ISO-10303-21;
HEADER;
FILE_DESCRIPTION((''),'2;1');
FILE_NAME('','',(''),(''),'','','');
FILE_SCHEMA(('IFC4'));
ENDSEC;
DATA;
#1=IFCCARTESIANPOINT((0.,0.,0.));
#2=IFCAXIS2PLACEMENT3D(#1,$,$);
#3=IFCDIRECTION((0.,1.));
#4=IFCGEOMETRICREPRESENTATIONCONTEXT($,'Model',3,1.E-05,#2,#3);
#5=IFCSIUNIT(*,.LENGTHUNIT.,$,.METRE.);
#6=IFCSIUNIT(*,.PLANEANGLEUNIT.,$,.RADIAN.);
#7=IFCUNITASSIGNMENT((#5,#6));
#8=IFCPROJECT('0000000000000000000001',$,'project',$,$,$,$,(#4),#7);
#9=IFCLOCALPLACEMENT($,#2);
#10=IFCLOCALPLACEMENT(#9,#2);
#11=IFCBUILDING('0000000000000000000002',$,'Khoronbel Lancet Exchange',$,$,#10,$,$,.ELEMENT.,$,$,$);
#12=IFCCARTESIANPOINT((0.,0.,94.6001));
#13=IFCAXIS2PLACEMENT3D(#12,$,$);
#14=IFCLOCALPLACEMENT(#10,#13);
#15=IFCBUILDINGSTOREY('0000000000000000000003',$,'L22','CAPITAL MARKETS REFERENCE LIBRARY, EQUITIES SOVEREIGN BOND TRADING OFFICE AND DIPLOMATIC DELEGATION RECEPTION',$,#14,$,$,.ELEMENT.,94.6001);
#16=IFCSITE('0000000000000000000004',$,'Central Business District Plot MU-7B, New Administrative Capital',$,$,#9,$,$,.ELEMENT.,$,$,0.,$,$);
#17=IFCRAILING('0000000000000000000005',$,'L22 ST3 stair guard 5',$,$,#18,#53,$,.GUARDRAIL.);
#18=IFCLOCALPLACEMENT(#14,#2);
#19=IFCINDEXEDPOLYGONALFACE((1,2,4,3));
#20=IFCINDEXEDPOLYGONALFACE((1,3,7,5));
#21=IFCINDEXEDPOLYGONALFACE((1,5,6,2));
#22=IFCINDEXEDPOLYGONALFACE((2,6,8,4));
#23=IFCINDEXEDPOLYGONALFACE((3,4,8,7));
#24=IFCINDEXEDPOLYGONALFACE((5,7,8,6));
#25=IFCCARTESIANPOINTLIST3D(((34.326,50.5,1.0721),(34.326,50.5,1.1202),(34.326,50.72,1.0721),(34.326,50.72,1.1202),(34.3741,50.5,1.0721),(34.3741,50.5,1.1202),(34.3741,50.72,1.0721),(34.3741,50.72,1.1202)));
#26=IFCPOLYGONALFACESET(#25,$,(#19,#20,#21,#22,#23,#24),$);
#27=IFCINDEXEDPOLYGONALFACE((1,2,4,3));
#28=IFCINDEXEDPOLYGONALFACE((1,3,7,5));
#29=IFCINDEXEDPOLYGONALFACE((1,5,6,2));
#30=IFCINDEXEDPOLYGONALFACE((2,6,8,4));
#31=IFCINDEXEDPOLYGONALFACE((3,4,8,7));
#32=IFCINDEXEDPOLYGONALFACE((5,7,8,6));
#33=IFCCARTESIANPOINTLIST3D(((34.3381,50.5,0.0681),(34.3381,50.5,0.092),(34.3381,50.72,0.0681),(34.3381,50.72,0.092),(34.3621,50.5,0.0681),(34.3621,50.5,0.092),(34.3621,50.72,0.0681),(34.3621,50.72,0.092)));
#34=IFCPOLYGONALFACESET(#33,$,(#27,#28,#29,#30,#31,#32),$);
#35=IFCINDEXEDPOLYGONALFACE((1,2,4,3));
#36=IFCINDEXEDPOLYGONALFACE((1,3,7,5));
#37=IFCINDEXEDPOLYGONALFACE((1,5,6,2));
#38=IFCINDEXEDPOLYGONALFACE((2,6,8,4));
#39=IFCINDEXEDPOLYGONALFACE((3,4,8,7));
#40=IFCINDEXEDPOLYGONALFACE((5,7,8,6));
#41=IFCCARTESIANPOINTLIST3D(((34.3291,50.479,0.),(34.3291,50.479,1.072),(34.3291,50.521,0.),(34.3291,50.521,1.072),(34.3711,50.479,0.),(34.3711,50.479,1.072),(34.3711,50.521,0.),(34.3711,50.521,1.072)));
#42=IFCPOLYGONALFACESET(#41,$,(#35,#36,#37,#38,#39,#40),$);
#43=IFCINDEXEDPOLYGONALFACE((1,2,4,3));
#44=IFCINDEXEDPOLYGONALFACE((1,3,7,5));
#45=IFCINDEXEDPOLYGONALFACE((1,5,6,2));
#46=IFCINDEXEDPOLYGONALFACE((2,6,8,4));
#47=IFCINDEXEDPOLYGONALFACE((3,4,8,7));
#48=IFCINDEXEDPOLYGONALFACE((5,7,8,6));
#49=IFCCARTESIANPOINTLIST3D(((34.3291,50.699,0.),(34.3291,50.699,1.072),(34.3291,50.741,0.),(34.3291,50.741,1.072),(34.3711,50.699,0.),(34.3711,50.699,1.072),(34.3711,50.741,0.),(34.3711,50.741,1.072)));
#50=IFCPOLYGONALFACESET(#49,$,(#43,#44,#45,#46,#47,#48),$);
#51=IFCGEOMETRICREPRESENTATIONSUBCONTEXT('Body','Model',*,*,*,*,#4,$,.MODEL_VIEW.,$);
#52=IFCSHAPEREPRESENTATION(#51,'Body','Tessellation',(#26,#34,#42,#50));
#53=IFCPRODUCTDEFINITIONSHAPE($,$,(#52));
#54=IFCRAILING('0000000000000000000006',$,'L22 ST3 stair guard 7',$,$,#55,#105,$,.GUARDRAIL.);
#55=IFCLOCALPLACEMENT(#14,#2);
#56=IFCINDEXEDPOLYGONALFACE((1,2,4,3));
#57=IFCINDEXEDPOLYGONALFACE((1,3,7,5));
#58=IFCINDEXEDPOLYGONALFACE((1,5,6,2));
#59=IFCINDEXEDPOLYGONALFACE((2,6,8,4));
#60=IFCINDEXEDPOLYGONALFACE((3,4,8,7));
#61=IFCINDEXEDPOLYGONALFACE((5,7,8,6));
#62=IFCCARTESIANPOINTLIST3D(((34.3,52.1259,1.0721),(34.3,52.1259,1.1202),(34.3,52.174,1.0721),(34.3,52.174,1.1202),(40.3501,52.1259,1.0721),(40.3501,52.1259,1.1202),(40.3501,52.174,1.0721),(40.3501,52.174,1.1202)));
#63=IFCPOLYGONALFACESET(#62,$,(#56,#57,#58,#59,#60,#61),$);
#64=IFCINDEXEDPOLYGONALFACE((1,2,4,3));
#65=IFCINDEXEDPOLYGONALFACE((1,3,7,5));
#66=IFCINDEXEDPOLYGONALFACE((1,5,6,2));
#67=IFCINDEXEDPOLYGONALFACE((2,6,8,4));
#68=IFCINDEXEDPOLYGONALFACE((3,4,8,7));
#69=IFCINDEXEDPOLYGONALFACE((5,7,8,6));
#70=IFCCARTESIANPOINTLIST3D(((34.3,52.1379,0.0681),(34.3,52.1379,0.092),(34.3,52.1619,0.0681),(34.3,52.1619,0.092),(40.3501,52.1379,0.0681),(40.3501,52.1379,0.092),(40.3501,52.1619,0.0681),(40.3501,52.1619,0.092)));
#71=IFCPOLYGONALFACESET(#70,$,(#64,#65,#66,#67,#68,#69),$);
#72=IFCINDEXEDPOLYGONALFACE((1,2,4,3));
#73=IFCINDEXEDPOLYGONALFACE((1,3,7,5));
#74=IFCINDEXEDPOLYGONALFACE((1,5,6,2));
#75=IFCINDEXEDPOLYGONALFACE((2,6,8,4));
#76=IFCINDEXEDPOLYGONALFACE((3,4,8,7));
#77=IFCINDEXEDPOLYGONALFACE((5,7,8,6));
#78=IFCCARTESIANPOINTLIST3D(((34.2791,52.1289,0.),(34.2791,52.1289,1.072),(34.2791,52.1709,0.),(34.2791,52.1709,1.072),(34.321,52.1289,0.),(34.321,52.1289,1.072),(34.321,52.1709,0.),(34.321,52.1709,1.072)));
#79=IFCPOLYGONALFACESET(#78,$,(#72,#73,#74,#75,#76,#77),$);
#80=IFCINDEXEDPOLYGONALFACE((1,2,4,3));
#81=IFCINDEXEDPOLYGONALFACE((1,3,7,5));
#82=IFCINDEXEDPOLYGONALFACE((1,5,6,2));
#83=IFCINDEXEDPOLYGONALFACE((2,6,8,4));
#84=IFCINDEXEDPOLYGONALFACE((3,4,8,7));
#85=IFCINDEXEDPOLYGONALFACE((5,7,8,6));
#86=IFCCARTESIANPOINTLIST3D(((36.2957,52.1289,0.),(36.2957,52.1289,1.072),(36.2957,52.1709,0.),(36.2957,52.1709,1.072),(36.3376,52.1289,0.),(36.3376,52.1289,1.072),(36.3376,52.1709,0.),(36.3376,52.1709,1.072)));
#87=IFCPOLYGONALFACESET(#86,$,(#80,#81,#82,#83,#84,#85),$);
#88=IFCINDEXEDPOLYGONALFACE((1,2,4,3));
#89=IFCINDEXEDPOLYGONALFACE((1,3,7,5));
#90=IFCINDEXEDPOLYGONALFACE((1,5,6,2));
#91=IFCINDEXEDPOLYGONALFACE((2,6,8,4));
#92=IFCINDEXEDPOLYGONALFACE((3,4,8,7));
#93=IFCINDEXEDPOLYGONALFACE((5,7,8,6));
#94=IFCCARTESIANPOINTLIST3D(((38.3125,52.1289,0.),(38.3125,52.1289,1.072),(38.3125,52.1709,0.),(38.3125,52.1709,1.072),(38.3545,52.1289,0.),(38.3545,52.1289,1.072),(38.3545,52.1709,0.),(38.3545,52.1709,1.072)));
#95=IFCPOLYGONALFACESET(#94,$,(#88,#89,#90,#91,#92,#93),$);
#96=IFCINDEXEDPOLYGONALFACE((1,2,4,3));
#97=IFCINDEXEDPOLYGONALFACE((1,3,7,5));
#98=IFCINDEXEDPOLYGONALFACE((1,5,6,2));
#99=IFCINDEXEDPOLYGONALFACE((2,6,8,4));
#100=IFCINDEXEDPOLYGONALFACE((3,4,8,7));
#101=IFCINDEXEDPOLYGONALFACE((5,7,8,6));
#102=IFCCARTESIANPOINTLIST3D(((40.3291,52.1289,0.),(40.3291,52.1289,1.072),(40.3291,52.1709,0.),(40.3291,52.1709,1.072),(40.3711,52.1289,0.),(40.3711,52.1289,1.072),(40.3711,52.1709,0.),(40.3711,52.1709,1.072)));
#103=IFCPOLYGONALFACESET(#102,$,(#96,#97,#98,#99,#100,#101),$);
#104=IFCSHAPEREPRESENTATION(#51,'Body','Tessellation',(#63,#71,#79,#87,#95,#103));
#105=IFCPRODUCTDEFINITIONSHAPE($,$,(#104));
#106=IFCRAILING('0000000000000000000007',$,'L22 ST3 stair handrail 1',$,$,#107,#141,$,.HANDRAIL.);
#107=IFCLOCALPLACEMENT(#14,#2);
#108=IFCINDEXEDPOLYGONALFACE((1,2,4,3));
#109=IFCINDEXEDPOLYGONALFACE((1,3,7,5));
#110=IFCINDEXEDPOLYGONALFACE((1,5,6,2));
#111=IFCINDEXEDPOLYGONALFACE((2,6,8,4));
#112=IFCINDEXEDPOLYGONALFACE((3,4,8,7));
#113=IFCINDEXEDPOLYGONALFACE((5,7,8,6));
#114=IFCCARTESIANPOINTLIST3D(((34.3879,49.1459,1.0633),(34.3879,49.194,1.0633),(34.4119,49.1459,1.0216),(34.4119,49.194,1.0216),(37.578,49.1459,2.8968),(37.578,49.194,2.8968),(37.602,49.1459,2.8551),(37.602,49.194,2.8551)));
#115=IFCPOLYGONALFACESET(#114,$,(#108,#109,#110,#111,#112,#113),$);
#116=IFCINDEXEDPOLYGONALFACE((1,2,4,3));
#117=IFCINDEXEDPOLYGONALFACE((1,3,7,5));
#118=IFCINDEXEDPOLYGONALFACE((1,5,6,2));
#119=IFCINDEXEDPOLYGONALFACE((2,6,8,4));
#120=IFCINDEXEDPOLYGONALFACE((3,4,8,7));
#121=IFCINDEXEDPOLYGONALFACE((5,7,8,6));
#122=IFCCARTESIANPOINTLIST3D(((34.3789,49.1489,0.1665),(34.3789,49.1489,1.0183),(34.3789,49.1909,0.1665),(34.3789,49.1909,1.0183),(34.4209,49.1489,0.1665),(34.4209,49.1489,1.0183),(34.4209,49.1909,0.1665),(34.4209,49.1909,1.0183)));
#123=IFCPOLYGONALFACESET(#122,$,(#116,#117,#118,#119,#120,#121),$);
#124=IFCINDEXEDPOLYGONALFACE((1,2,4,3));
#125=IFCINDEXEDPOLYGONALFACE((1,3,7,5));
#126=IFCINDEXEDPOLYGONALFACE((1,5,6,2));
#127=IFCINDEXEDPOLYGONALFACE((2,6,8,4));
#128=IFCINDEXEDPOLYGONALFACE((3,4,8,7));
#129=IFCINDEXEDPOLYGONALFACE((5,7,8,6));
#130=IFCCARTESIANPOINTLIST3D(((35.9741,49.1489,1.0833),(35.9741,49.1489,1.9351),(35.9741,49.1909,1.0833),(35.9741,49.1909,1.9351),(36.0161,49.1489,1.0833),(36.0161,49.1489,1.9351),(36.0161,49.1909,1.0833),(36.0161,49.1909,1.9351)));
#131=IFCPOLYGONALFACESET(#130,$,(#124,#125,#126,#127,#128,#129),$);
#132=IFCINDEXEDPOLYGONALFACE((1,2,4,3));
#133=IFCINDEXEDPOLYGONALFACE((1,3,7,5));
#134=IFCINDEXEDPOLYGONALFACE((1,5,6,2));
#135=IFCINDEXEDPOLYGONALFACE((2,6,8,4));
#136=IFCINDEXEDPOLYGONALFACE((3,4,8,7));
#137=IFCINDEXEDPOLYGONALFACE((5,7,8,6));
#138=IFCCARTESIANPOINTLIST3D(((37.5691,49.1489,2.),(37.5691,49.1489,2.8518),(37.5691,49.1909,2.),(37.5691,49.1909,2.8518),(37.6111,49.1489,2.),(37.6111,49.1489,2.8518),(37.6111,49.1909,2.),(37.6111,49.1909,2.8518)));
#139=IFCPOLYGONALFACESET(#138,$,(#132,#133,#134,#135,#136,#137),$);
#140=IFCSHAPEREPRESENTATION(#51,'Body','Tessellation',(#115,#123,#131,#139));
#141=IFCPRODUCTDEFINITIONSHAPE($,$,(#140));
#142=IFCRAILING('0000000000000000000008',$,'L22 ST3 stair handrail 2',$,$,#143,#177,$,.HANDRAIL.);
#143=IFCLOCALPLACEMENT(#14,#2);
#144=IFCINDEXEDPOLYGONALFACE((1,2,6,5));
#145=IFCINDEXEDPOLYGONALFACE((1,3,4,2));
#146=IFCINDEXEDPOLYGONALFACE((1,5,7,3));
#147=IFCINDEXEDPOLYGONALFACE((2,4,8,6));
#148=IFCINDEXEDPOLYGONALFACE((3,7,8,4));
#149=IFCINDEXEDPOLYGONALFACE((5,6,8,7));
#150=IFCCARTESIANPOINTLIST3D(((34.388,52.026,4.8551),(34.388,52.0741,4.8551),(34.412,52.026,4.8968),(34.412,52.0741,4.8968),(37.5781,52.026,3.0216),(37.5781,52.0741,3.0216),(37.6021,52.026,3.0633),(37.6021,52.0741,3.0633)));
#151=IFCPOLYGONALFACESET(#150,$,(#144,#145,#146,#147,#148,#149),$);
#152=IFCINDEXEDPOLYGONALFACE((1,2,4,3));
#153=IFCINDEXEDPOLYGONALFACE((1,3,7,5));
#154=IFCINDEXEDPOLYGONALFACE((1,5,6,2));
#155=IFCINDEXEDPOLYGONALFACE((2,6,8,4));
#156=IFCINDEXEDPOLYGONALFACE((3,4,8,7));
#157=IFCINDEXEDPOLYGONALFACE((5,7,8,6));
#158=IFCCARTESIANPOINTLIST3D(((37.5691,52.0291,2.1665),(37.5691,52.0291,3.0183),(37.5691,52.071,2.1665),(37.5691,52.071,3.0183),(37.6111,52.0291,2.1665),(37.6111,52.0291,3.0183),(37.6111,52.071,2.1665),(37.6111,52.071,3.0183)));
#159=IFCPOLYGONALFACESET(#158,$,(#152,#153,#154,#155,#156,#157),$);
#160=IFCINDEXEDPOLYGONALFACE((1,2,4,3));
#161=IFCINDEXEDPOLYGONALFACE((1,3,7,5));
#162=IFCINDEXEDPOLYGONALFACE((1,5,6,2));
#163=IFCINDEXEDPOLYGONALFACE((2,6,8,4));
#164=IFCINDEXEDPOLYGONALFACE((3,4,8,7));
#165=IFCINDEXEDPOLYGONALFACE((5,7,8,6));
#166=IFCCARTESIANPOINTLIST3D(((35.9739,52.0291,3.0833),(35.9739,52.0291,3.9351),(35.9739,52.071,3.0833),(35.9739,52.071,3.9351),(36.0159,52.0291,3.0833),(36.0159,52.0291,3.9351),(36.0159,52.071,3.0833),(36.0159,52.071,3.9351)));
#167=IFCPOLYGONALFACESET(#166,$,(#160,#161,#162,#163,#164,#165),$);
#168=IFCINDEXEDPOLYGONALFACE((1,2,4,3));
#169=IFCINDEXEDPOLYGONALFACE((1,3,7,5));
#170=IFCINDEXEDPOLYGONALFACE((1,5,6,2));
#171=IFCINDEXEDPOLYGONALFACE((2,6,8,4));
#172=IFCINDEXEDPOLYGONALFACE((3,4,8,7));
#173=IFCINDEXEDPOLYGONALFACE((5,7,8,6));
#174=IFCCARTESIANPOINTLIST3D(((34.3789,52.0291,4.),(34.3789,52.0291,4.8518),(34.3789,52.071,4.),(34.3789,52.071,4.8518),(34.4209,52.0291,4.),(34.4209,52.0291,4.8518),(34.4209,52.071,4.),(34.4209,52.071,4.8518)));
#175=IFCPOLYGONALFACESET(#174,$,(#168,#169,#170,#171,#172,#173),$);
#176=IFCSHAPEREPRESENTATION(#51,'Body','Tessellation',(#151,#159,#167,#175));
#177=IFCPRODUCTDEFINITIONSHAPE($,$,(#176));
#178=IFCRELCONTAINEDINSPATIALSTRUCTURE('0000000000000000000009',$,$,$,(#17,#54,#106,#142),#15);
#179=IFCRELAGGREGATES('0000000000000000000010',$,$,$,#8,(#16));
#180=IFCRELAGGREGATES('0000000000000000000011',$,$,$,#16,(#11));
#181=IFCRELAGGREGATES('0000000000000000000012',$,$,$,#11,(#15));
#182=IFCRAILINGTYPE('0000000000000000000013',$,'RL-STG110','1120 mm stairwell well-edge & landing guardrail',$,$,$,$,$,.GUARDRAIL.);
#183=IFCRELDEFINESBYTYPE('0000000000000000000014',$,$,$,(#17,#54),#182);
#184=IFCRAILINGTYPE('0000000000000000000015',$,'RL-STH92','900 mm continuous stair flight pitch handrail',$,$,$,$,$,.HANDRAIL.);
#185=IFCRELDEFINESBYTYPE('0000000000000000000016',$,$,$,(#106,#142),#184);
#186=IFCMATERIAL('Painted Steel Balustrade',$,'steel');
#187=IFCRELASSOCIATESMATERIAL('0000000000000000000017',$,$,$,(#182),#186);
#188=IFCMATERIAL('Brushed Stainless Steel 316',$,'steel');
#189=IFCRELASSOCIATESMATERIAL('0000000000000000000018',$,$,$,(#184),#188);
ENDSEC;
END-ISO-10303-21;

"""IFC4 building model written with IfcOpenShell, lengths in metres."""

from ifc_helpers import new_model, si_unit, direction, frame, origin, origin_2d, place, context, subcontext, project, spatial, rectangle, extrude, material, type_object, element, save


model = new_model("IFC4")

# Units and contexts
model_context = context("Model", 3, precision=1e-05, world=origin(), true_north=direction((0.0, 1.0)))
body_context = subcontext(model_context, "Body", "Model", "MODEL_VIEW")
ifc_project = project(units=[si_unit("LENGTHUNIT", "METRE"), si_unit("PLANEANGLEUNIT", "RADIAN")], contexts=[model_context])

# Site, building, storey
site_placement = place(None, origin())
site = spatial("IfcSite", under=ifc_project, at=site_placement, Name="Central Business District Plot MU-7B, New Administrative Capital", CompositionType="ELEMENT", RefElevation=0.0)
building_placement = place(site_placement, origin())
building = spatial("IfcBuilding", under=site, at=building_placement, Name="Khoronbel Lancet Exchange", CompositionType="ELEMENT")
storey_placement = place(building_placement, frame((0.0, 0.0, 94.6001)))
storey = spatial("IfcBuildingStorey", under=building, at=storey_placement, Name="L22", Description="CAPITAL MARKETS REFERENCE LIBRARY, EQUITIES SOVEREIGN BOND TRADING OFFICE AND DIPLOMATIC DELEGATION RECEPTION", CompositionType="ELEMENT", Elevation=94.6001)

# Railings
ifc_material_1 = material(Name="Painted Steel Balustrade", Category="steel")
railing_type_1 = type_object("IfcRailingType", Name="RL-STG110", Description="1120 mm stairwell well-edge & landing guardrail", PredefinedType="GUARDRAIL", material=ifc_material_1)
railing_1_placement = place(storey_placement, frame((34.3501, 50.5, 0.0)))
element("IfcRailing", 1, at=railing_1_placement, inside=storey, type_object=railing_type_1, Name="L22 ST3 stair guard 5", PredefinedType="GUARDRAIL", context=body_context, shape_type="SweptSolid", body=[
    extrude(rectangle(XDim=0.0481, YDim=0.0481, at=origin_2d()), frame((0.0, 0.0, 1.0962), z_axis=(0.0, 1.0, 0.0), x_axis=(-1.0, 0.0, 0.0)), (0.0, 0.0, 1.0), 0.22),
    extrude(rectangle(XDim=0.0239, YDim=0.0239, at=origin_2d()), frame((0.0, 0.0, 0.0801), z_axis=(0.0, 1.0, 0.0), x_axis=(-1.0, 0.0, 0.0)), (0.0, 0.0, 1.0), 0.22),
    extrude(rectangle(XDim=0.042, YDim=0.042, at=origin_2d()), origin(), (0.0, 0.0, 1.0), 1.072),
    extrude(rectangle(XDim=0.042, YDim=0.042, at=origin_2d()), frame((0.0, 0.22, 0.0)), (0.0, 0.0, 1.0), 1.072),
])
railing_2_placement = place(storey_placement, frame((34.3, 52.1499, 0.0)))
element("IfcRailing", 2, at=railing_2_placement, inside=storey, type_object=railing_type_1, Name="L22 ST3 stair guard 7", PredefinedType="GUARDRAIL", context=body_context, shape_type="SweptSolid", body=[
    extrude(rectangle(XDim=0.0481, YDim=0.0481, at=origin_2d()), frame((0.0, 0.0, 1.0962), z_axis=(1.0, 0.0, 0.0), x_axis=(0.0, 1.0, 0.0)), (0.0, 0.0, 1.0), 6.05),
    extrude(rectangle(XDim=0.0239, YDim=0.0239, at=origin_2d()), frame((0.0, 0.0, 0.0801), z_axis=(1.0, 0.0, 0.0), x_axis=(0.0, 1.0, 0.0)), (0.0, 0.0, 1.0), 6.05),
    extrude(rectangle(XDim=0.042, YDim=0.042, at=origin_2d()), origin(), (0.0, 0.0, 1.0), 1.072),
    extrude(rectangle(XDim=0.042, YDim=0.042, at=origin_2d()), frame((2.0166, 0.0, 0.0)), (0.0, 0.0, 1.0), 1.072),
    extrude(rectangle(XDim=0.042, YDim=0.042, at=origin_2d()), frame((4.0334, 0.0, 0.0)), (0.0, 0.0, 1.0), 1.072),
    extrude(rectangle(XDim=0.042, YDim=0.042, at=origin_2d()), frame((6.05, 0.0, 0.0)), (0.0, 0.0, 1.0), 1.072),
])
ifc_material_2 = material(Name="Brushed Stainless Steel 316", Category="steel")
railing_type_2 = type_object("IfcRailingType", Name="RL-STH92", Description="900 mm continuous stair flight pitch handrail", PredefinedType="HANDRAIL", material=ifc_material_2)
railing_3_placement = place(storey_placement, frame((34.3999, 49.1699, 0.1665)))
element("IfcRailing", 3, at=railing_3_placement, inside=storey, type_object=railing_type_2, Name="L22 ST3 stair handrail 1", PredefinedType="HANDRAIL", context=body_context, shape_type="SweptSolid", body=[
    extrude(rectangle(XDim=0.0481, YDim=0.0481, at=origin_2d()), frame((0.0, 0.0, 0.876), z_axis=(0.867007, 0.0, 0.498295), x_axis=(0.0, 1.0, 0.0)), (0.0, 0.0, 1.0), 3.6794),
    extrude(rectangle(XDim=0.042, YDim=0.042, at=origin_2d()), origin(), (0.0, 0.0, 1.0), 0.8518),
    extrude(rectangle(XDim=0.042, YDim=0.042, at=origin_2d()), frame((1.5952, 0.0, 0.9167)), (0.0, 0.0, 1.0), 0.8518),
    extrude(rectangle(XDim=0.042, YDim=0.042, at=origin_2d()), frame((3.1902, 0.0, 1.8335)), (0.0, 0.0, 1.0), 0.8518),
])
railing_4_placement = place(storey_placement, frame((37.5901, 52.05, 2.1665)))
element("IfcRailing", 4, at=railing_4_placement, inside=storey, type_object=railing_type_2, Name="L22 ST3 stair handrail 2", PredefinedType="HANDRAIL", context=body_context, shape_type="SweptSolid", body=[
    extrude(rectangle(XDim=0.0481, YDim=0.0481, at=origin_2d()), frame((0.0, 0.0, 0.876), z_axis=(-0.867007, 0.0, 0.498295), x_axis=(0.0, -1.0, 0.0)), (0.0, 0.0, 1.0), 3.6794),
    extrude(rectangle(XDim=0.042, YDim=0.042, at=origin_2d()), origin(), (0.0, 0.0, 1.0), 0.8518),
    extrude(rectangle(XDim=0.042, YDim=0.042, at=origin_2d()), frame((-1.5952, 0.0, 0.9167)), (0.0, 0.0, 1.0), 0.8518),
    extrude(rectangle(XDim=0.042, YDim=0.042, at=origin_2d()), frame((-3.1902, 0.0, 1.8335)), (0.0, 0.0, 1.0), 0.8518),
])

save(model, "model.ifc")
